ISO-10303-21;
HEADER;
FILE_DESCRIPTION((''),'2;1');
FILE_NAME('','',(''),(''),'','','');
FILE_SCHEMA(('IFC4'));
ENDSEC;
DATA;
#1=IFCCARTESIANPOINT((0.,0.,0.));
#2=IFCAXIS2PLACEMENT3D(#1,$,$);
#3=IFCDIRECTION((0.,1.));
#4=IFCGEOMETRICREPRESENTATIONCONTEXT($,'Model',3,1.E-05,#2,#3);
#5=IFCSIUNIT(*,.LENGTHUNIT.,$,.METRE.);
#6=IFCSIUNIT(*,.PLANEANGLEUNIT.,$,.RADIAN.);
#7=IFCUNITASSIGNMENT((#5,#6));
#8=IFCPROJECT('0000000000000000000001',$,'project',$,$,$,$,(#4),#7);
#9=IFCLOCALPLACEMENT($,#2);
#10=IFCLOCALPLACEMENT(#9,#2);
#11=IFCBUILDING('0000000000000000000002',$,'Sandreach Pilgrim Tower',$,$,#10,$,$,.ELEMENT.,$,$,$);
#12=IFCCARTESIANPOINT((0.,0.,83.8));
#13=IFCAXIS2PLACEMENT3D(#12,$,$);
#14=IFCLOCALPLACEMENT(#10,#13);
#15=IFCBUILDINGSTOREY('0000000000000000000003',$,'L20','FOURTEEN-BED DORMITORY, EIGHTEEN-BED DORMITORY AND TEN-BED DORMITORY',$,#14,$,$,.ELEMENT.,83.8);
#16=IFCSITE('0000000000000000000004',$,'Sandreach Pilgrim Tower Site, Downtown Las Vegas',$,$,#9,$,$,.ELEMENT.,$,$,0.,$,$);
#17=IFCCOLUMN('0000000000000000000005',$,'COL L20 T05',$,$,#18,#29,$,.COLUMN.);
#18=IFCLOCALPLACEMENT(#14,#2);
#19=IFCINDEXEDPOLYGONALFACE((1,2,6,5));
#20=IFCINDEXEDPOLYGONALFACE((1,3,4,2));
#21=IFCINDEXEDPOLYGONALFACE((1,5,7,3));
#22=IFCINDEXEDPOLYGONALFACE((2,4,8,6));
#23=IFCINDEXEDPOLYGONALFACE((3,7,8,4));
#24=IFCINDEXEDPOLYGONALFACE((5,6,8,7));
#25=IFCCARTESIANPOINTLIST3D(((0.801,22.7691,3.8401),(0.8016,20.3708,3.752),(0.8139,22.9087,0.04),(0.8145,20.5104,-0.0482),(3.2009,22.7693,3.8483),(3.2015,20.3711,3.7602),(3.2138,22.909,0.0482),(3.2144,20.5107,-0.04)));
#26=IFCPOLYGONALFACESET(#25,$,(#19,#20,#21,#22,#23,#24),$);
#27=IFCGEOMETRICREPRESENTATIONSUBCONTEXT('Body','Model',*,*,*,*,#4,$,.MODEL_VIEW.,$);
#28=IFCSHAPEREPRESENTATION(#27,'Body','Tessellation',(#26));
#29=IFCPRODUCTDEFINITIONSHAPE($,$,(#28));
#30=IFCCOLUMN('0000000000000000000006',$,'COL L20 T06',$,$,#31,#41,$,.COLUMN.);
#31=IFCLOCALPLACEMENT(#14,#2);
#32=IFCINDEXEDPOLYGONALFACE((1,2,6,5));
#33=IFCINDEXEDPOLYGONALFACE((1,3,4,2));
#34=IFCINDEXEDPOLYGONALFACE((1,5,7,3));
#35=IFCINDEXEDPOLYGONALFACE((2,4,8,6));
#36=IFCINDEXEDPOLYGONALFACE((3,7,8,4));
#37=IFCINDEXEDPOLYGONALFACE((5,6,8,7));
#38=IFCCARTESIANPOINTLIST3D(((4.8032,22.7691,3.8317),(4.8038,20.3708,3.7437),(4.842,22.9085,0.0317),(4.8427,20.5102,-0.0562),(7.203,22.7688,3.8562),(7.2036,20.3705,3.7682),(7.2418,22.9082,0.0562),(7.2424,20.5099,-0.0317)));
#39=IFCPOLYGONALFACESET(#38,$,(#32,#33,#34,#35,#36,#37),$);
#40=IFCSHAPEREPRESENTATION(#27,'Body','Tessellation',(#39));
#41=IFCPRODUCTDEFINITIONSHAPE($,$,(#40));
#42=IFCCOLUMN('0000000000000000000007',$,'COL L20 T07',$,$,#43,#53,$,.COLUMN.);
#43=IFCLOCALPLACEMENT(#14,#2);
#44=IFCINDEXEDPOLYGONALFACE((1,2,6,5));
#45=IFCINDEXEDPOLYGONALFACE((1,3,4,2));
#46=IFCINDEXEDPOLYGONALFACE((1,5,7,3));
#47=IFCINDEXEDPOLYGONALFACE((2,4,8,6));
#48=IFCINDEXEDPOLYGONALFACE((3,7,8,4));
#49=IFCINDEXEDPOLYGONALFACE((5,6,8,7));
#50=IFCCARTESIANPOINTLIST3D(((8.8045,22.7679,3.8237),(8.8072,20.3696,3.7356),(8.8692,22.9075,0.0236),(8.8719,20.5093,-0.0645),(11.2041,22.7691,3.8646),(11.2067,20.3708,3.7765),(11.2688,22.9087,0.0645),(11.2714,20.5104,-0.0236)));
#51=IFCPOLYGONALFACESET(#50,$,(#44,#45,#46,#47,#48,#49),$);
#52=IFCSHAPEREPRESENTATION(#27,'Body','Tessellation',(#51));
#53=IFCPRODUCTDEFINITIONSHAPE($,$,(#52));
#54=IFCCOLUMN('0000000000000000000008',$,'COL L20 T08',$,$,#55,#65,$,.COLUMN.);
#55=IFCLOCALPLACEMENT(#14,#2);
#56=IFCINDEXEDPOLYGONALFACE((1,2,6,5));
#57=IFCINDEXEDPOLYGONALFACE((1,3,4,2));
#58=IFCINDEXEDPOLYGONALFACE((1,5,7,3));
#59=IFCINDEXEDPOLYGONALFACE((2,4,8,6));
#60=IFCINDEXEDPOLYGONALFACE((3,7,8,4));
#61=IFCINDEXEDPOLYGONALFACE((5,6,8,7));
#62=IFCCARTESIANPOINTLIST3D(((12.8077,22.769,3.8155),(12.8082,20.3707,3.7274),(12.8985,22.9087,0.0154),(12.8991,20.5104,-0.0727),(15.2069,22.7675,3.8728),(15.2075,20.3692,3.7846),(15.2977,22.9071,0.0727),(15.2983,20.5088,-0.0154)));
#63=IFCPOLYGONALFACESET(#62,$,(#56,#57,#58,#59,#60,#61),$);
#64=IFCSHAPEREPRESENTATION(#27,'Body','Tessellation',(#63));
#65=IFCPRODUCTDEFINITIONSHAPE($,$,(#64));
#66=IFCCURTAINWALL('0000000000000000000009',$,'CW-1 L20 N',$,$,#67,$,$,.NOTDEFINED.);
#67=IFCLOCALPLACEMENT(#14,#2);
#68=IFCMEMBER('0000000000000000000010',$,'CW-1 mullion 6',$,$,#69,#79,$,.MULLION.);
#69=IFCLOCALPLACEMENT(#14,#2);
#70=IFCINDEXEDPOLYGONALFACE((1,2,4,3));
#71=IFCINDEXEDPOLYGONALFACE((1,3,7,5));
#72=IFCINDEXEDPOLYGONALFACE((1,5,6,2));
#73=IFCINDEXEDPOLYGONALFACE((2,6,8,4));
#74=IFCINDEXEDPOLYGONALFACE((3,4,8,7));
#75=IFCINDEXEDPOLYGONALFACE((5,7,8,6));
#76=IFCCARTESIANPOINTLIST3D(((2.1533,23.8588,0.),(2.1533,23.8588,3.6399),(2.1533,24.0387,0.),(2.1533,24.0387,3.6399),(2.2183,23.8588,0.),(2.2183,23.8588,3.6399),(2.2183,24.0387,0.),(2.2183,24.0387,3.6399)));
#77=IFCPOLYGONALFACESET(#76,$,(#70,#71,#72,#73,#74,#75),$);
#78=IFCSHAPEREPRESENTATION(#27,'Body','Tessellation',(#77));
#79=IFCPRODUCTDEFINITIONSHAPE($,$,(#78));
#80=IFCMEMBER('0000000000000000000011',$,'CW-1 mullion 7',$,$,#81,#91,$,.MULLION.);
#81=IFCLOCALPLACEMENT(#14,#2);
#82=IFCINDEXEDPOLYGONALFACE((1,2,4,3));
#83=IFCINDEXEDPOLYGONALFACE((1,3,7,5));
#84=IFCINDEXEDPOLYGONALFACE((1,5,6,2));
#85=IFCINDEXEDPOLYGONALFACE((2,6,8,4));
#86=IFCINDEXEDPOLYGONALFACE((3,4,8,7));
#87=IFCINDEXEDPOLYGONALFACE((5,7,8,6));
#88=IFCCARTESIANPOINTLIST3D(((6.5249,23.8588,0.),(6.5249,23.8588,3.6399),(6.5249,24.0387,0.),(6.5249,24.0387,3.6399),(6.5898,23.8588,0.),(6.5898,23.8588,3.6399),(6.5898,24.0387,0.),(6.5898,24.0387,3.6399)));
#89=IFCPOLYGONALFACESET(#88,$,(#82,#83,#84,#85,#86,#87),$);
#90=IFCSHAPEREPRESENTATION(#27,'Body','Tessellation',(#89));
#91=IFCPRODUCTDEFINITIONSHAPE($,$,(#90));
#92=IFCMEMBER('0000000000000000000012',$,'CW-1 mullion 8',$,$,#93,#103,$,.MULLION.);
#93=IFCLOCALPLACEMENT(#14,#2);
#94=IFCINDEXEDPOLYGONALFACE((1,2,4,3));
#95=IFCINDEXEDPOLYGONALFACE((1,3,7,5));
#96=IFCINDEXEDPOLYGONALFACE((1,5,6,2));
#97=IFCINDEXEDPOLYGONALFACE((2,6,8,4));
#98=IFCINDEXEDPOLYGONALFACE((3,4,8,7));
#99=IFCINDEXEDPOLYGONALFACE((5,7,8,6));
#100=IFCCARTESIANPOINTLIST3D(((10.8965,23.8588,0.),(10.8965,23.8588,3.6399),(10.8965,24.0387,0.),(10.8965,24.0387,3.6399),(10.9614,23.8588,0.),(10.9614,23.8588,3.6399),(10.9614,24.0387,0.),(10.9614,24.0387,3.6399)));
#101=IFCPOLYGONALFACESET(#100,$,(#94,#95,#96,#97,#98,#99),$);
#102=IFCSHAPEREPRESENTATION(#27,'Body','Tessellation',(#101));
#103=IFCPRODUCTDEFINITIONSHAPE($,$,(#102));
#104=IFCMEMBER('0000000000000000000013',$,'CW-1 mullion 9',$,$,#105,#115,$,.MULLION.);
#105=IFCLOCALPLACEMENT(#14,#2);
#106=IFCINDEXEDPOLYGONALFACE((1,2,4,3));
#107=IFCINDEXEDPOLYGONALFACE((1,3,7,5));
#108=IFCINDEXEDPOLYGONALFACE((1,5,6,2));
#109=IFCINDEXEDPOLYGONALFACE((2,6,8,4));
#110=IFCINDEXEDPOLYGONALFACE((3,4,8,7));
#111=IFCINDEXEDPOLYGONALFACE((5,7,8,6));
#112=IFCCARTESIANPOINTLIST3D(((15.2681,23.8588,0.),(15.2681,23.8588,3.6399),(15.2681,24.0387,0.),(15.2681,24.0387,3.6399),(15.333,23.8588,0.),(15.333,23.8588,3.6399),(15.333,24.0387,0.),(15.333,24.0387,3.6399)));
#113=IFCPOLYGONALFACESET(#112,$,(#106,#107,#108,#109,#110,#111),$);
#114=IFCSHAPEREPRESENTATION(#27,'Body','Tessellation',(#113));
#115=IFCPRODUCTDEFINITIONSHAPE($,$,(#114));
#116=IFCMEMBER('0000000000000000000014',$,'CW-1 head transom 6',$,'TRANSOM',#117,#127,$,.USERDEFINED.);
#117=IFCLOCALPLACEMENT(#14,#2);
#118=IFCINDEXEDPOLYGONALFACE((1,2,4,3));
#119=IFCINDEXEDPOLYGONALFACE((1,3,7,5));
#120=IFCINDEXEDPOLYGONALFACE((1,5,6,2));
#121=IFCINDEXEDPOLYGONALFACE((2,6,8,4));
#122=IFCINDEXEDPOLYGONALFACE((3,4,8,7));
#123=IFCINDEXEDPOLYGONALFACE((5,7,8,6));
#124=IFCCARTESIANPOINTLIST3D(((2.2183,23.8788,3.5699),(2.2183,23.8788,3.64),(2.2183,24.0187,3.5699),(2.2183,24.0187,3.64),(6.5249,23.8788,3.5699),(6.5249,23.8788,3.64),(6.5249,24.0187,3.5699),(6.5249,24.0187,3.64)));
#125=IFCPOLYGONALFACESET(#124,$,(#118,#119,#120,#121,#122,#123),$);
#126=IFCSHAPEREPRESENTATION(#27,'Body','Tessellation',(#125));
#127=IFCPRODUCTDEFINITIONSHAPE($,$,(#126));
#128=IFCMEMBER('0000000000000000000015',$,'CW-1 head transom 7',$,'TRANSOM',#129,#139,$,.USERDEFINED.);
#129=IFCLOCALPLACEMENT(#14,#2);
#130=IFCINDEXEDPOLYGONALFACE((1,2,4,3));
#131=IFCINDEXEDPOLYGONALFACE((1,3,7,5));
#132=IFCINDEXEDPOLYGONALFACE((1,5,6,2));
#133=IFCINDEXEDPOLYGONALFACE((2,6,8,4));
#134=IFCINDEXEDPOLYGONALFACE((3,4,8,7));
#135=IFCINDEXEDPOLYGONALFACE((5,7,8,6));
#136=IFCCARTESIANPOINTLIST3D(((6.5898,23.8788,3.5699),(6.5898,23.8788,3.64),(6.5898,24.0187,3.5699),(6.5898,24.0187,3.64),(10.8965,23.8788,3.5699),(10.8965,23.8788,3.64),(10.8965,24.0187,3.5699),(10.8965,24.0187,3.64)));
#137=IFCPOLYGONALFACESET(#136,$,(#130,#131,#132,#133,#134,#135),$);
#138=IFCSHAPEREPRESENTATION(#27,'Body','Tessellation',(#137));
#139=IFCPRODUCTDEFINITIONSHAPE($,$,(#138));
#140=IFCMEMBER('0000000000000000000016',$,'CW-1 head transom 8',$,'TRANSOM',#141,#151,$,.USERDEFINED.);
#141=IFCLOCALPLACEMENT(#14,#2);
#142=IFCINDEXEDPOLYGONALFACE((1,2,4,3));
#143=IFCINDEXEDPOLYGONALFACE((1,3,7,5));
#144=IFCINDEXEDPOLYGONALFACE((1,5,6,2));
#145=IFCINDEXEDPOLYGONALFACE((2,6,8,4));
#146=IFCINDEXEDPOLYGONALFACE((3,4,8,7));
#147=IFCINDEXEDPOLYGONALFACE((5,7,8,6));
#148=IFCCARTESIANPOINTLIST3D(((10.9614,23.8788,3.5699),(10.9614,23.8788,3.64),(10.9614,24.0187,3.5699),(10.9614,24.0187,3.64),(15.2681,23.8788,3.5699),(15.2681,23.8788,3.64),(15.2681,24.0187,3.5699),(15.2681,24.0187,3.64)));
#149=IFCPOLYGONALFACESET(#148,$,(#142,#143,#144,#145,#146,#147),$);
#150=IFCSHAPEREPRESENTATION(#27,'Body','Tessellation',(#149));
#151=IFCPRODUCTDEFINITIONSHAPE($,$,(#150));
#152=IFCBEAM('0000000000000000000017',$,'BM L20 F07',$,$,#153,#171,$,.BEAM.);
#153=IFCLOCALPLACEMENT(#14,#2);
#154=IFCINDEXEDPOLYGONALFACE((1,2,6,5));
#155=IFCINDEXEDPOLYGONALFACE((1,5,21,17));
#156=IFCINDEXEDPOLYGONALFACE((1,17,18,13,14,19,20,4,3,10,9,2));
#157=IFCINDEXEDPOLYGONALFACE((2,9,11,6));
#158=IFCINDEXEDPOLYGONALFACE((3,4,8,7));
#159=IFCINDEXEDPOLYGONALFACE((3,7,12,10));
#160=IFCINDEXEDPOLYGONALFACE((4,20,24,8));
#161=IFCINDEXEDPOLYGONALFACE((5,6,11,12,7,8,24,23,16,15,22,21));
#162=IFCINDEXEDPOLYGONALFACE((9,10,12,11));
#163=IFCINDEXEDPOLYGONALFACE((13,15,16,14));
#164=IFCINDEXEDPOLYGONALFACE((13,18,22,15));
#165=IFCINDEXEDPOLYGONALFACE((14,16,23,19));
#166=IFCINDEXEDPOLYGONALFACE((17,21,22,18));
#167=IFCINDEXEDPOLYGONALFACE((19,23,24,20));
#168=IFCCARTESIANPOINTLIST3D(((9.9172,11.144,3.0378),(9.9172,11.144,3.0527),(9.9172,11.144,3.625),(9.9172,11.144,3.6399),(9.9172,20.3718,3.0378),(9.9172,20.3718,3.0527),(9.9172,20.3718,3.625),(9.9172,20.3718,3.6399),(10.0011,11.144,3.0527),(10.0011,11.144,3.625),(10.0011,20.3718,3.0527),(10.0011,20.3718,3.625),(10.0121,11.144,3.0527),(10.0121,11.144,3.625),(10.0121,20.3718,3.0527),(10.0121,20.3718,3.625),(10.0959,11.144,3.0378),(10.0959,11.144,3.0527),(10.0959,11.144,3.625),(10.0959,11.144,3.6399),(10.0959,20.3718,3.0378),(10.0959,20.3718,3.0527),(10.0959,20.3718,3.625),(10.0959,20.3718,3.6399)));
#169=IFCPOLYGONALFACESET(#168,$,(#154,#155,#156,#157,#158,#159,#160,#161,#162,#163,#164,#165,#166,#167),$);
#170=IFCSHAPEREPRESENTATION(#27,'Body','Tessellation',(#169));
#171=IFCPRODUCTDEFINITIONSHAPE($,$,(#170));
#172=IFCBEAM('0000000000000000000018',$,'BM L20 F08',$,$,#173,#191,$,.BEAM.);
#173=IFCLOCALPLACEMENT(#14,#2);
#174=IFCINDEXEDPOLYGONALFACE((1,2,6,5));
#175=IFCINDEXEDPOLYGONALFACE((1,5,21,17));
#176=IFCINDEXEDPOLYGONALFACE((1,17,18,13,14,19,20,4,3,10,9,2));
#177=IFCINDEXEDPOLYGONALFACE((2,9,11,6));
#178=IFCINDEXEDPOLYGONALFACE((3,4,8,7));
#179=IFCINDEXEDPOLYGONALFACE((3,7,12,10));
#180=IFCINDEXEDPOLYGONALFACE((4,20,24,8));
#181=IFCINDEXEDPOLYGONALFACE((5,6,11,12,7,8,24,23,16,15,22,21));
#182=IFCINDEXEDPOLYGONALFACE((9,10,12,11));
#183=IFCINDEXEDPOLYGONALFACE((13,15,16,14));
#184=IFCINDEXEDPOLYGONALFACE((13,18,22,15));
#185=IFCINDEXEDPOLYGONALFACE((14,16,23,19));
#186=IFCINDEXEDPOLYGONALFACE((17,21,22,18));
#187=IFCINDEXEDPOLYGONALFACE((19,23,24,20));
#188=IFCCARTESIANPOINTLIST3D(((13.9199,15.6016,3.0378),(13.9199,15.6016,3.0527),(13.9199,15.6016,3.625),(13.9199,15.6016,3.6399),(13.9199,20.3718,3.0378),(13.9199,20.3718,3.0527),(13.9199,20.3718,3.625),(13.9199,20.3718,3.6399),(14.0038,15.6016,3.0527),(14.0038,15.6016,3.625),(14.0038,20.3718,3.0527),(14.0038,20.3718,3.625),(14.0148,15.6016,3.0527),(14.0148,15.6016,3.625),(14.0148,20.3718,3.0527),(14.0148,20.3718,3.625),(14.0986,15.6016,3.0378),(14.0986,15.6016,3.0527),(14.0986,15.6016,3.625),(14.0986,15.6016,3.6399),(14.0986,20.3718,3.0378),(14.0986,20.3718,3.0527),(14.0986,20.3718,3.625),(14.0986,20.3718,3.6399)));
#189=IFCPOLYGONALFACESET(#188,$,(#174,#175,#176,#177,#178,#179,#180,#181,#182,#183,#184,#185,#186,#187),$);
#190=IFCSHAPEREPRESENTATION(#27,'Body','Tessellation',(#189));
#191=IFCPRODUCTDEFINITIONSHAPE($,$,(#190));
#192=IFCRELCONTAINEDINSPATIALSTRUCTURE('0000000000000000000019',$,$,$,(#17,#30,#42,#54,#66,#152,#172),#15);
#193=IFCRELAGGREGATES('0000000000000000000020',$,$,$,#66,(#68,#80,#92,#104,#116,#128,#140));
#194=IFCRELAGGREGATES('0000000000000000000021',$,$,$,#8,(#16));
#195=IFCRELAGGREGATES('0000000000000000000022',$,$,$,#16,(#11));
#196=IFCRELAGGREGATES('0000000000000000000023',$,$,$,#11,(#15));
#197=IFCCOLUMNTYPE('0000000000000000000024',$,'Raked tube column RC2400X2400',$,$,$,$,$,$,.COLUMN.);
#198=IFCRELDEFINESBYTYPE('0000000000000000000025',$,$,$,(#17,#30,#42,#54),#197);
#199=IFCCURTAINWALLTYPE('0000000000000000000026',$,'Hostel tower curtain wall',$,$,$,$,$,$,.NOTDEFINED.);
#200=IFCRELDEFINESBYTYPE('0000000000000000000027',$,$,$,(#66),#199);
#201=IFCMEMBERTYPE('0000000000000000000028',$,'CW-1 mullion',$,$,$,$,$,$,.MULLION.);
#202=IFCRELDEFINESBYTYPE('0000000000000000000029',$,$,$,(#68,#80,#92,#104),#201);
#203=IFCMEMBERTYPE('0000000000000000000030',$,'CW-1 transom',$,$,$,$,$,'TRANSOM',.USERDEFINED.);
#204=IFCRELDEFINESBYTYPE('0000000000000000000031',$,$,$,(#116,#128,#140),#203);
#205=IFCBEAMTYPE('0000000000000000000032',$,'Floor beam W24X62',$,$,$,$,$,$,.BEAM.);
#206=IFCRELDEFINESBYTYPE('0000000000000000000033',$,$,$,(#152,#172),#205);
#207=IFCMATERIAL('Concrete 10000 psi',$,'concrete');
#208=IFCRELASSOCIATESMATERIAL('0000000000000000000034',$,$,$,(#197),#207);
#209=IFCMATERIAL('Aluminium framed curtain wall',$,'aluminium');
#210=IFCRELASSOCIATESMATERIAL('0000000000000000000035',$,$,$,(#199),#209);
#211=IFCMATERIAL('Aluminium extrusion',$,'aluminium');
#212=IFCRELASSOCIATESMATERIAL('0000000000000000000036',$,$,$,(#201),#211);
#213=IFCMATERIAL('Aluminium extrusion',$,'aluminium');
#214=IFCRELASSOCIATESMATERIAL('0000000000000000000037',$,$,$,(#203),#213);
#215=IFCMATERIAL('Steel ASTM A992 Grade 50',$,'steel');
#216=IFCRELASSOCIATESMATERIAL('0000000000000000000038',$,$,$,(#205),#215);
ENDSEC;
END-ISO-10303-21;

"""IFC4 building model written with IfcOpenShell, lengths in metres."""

from ifc_helpers import new_model, si_unit, direction, frame, origin, origin_2d, place, context, subcontext, project, spatial, rectangle, i_section, extrude, material, material_profile, profile_set, type_object, element, aggregate, save


model = new_model("IFC4")

# Units and contexts
model_context = context("Model", 3, precision=1e-05, world=origin(), true_north=direction((0.0, 1.0)))
body_context = subcontext(model_context, "Body", "Model", "MODEL_VIEW")
ifc_project = project(units=[si_unit("LENGTHUNIT", "METRE"), si_unit("PLANEANGLEUNIT", "RADIAN")], contexts=[model_context])

# Site, building, storey
site_placement = place(None, origin())
site = spatial("IfcSite", under=ifc_project, at=site_placement, Name="Sandreach Pilgrim Tower Site, Downtown Las Vegas", CompositionType="ELEMENT", RefElevation=0.0)
building_placement = place(site_placement, origin())
building = spatial("IfcBuilding", under=site, at=building_placement, Name="Sandreach Pilgrim Tower", CompositionType="ELEMENT")
storey_placement = place(building_placement, frame((0.0, 0.0, 83.8)))
storey = spatial("IfcBuildingStorey", under=building, at=storey_placement, Name="L20", Description="FOURTEEN-BED DORMITORY, EIGHTEEN-BED DORMITORY AND TEN-BED DORMITORY", CompositionType="ELEMENT", Elevation=83.8)

# Columns
ifc_material_1 = material(Name="Concrete 10000 psi", Category="concrete")
ifc_material_profile_1 = material_profile(ifc_material_1, rectangle(XDim=2.3999, YDim=2.3999, at=origin_2d()), Name="RC2400X2400")
ifc_profile_set_1 = profile_set([ifc_material_profile_1], Name="Concrete 10000 psi")
column_type = type_object("IfcColumnType", Name="Raked tube column RC2400X2400", PredefinedType="COLUMN", material=ifc_profile_set_1)
for number, where, z_axis, x_axis, name in (
    (1, (2.0142, 21.7097, 0.0), (-0.003403, -0.036724, 0.99932), (-0.000242, 0.999325, 0.036724), "COL L20 T05"),
    (2, (6.0422, 21.7092, 0.0), (-0.010208, -0.036658, 0.999276), (-0.000252, 0.999328, 0.036658), "COL L20 T06"),
):
    element("IfcColumn", number, at=place(storey_placement, frame(where, z_axis=z_axis, x_axis=x_axis)), inside=storey, type_object=column_type, Name=name, PredefinedType="COLUMN", context=body_context, shape_type="SweptSolid", body=[
        extrude(rectangle(XDim=2.3999, YDim=2.3999, at=origin_2d()), origin(), (0.0, 0.0, 1.0), 3.8027),
    ])
column_1_placement = place(storey_placement, frame((10.0703, 21.709, 0.0), z_axis=(-0.017011, -0.036719, 0.999181), x_axis=(-0.001112, 0.999326, 0.036705)))
element("IfcColumn", 3, at=column_1_placement, inside=storey, type_object=column_type, Name="COL L20 T07", PredefinedType="COLUMN", context=body_context, shape_type="SweptSolid", body=[
    extrude(rectangle(XDim=2.3999, YDim=2.3999, at=origin_2d()), origin(), (0.0, 0.0, 1.0), 3.8032),
])
column_2_placement = place(storey_placement, frame((14.0984, 21.7087, 0.0), z_axis=(-0.023877, -0.036714, 0.999041), x_axis=(-0.00023, 0.999326, 0.036719)))
element("IfcColumn", 4, at=column_2_placement, inside=storey, type_object=column_type, Name="COL L20 T08", PredefinedType="COLUMN", context=body_context, shape_type="SweptSolid", body=[
    extrude(rectangle(XDim=2.3999, YDim=2.3999, at=origin_2d()), origin(), (0.0, 0.0, 1.0), 3.8037),
])

# Curtain wall, members
ifc_material_2 = material(Name="Aluminium framed curtain wall", Category="aluminium")
curtain_wall_type = type_object("IfcCurtainWallType", Name="Hostel tower curtain wall", PredefinedType="NOTDEFINED", material=ifc_material_2)
curtain_wall_placement = place(storey_placement, origin())
curtain_wall = element("IfcCurtainWall", 5, at=curtain_wall_placement, inside=storey, type_object=curtain_wall_type, Name="CW-1 L20 N", PredefinedType="NOTDEFINED")
ifc_material_3 = material(Name="Aluminium extrusion", Category="aluminium")
ifc_material_profile_2 = material_profile(ifc_material_3, rectangle(XDim=0.0649, YDim=0.1799, at=origin_2d()), Name="CW-1M 65X180")
ifc_profile_set_2 = profile_set([ifc_material_profile_2], Name="Aluminium extrusion")
member_type_1 = type_object("IfcMemberType", Name="CW-1 mullion", PredefinedType="MULLION", material=ifc_profile_set_2)
member_1_placement = place(storey_placement, frame((2.1858, 23.9487, 0.0), z_axis=(0.0, 0.0, 1.0), x_axis=(1.0, 0.0, 0.0)))
member_1 = element("IfcMember", 6, at=member_1_placement, type_object=member_type_1, Name="CW-1 mullion 6", PredefinedType="MULLION", context=body_context, shape_type="SweptSolid", body=[
    extrude(rectangle(XDim=0.0649, YDim=0.1799, at=origin_2d()), origin(), (0.0, 0.0, 1.0), 3.6399),
])
member_2_placement = place(storey_placement, frame((6.5574, 23.9487, 0.0), z_axis=(0.0, 0.0, 1.0), x_axis=(1.0, 0.0, 0.0)))
member_2 = element("IfcMember", 7, at=member_2_placement, type_object=member_type_1, Name="CW-1 mullion 7", PredefinedType="MULLION", context=body_context, shape_type="SweptSolid", body=[
    extrude(rectangle(XDim=0.0649, YDim=0.1799, at=origin_2d()), origin(), (0.0, 0.0, 1.0), 3.6399),
])
member_3_placement = place(storey_placement, frame((10.929, 23.9487, 0.0), z_axis=(0.0, 0.0, 1.0), x_axis=(1.0, 0.0, 0.0)))
member_3 = element("IfcMember", 8, at=member_3_placement, type_object=member_type_1, Name="CW-1 mullion 8", PredefinedType="MULLION", context=body_context, shape_type="SweptSolid", body=[
    extrude(rectangle(XDim=0.0649, YDim=0.1799, at=origin_2d()), origin(), (0.0, 0.0, 1.0), 3.6399),
])
member_4_placement = place(storey_placement, frame((15.3005, 23.9487, 0.0), z_axis=(0.0, 0.0, 1.0), x_axis=(1.0, 0.0, 0.0)))
member_4 = element("IfcMember", 9, at=member_4_placement, type_object=member_type_1, Name="CW-1 mullion 9", PredefinedType="MULLION", context=body_context, shape_type="SweptSolid", body=[
    extrude(rectangle(XDim=0.0649, YDim=0.1799, at=origin_2d()), origin(), (0.0, 0.0, 1.0), 3.6399),
])
ifc_material_4 = material(Name="Aluminium extrusion", Category="aluminium")
ifc_material_profile_3 = material_profile(ifc_material_4, rectangle(XDim=0.1399, YDim=0.0701, at=origin_2d()), Name="CW-1T 140X70")
ifc_profile_set_3 = profile_set([ifc_material_profile_3], Name="Aluminium extrusion")
member_type_2 = type_object("IfcMemberType", Name="CW-1 transom", ElementType="TRANSOM", PredefinedType="USERDEFINED", material=ifc_profile_set_3)
member_5_placement = place(storey_placement, frame((2.2183, 23.9487, 3.605), z_axis=(1.0, 0.0, 0.0), x_axis=(0.0, 1.0, 0.0)))
member_5 = element("IfcMember", 10, at=member_5_placement, type_object=member_type_2, Name="CW-1 head transom 6", ObjectType="TRANSOM", PredefinedType="USERDEFINED", context=body_context, shape_type="SweptSolid", body=[
    extrude(rectangle(XDim=0.1399, YDim=0.0701, at=origin_2d()), origin(), (0.0, 0.0, 1.0), 4.3066),
])
member_6_placement = place(storey_placement, frame((6.5898, 23.9487, 3.605), z_axis=(1.0, 0.0, 0.0), x_axis=(0.0, 1.0, 0.0)))
member_6 = element("IfcMember", 11, at=member_6_placement, type_object=member_type_2, Name="CW-1 head transom 7", ObjectType="TRANSOM", PredefinedType="USERDEFINED", context=body_context, shape_type="SweptSolid", body=[
    extrude(rectangle(XDim=0.1399, YDim=0.0701, at=origin_2d()), origin(), (0.0, 0.0, 1.0), 4.3066),
])
member_7_placement = place(storey_placement, frame((10.9614, 23.9487, 3.605), z_axis=(1.0, 0.0, 0.0), x_axis=(0.0, 1.0, 0.0)))
member_7 = element("IfcMember", 12, at=member_7_placement, type_object=member_type_2, Name="CW-1 head transom 8", ObjectType="TRANSOM", PredefinedType="USERDEFINED", context=body_context, shape_type="SweptSolid", body=[
    extrude(rectangle(XDim=0.1399, YDim=0.0701, at=origin_2d()), origin(), (0.0, 0.0, 1.0), 4.3066),
])

# Beams
ifc_material_5 = material(Name="Steel ASTM A992 Grade 50", Category="steel")
ifc_material_profile_4 = material_profile(ifc_material_5, i_section(OverallWidth=0.1787, OverallDepth=0.6021, WebThickness=0.011, FlangeThickness=0.0149, at=origin_2d()), Name="W24X62")
ifc_profile_set_4 = profile_set([ifc_material_profile_4], Name="Steel ASTM A992 Grade 50")
beam_type_1 = type_object("IfcBeamType", Name="Floor beam W24X62", PredefinedType="BEAM", material=ifc_profile_set_4)
beam_1_placement = place(storey_placement, frame((10.0066, 20.3718, 3.3389), z_axis=(0.0, -1.0, 0.0), x_axis=(1.0, 0.0, 0.0)))
element("IfcBeam", 13, at=beam_1_placement, inside=storey, type_object=beam_type_1, Name="BM L20 F07", PredefinedType="BEAM", context=body_context, shape_type="SweptSolid", body=[
    extrude(i_section(OverallWidth=0.1787, OverallDepth=0.6021, WebThickness=0.011, FlangeThickness=0.0149, at=origin_2d()), origin(), (0.0, 0.0, 1.0), 9.2278),
])
beam_2_placement = place(storey_placement, frame((14.0093, 20.3718, 3.3389), z_axis=(0.0, -1.0, 0.0), x_axis=(1.0, 0.0, 0.0)))
element("IfcBeam", 14, at=beam_2_placement, inside=storey, type_object=beam_type_1, Name="BM L20 F08", PredefinedType="BEAM", context=body_context, shape_type="SweptSolid", body=[
    extrude(i_section(OverallWidth=0.1787, OverallDepth=0.6021, WebThickness=0.011, FlangeThickness=0.0149, at=origin_2d()), origin(), (0.0, 0.0, 1.0), 4.7703),
])

aggregate(curtain_wall, [member_1, member_2, member_3, member_4, member_5, member_6, member_7])

save(model, "model.ifc")
